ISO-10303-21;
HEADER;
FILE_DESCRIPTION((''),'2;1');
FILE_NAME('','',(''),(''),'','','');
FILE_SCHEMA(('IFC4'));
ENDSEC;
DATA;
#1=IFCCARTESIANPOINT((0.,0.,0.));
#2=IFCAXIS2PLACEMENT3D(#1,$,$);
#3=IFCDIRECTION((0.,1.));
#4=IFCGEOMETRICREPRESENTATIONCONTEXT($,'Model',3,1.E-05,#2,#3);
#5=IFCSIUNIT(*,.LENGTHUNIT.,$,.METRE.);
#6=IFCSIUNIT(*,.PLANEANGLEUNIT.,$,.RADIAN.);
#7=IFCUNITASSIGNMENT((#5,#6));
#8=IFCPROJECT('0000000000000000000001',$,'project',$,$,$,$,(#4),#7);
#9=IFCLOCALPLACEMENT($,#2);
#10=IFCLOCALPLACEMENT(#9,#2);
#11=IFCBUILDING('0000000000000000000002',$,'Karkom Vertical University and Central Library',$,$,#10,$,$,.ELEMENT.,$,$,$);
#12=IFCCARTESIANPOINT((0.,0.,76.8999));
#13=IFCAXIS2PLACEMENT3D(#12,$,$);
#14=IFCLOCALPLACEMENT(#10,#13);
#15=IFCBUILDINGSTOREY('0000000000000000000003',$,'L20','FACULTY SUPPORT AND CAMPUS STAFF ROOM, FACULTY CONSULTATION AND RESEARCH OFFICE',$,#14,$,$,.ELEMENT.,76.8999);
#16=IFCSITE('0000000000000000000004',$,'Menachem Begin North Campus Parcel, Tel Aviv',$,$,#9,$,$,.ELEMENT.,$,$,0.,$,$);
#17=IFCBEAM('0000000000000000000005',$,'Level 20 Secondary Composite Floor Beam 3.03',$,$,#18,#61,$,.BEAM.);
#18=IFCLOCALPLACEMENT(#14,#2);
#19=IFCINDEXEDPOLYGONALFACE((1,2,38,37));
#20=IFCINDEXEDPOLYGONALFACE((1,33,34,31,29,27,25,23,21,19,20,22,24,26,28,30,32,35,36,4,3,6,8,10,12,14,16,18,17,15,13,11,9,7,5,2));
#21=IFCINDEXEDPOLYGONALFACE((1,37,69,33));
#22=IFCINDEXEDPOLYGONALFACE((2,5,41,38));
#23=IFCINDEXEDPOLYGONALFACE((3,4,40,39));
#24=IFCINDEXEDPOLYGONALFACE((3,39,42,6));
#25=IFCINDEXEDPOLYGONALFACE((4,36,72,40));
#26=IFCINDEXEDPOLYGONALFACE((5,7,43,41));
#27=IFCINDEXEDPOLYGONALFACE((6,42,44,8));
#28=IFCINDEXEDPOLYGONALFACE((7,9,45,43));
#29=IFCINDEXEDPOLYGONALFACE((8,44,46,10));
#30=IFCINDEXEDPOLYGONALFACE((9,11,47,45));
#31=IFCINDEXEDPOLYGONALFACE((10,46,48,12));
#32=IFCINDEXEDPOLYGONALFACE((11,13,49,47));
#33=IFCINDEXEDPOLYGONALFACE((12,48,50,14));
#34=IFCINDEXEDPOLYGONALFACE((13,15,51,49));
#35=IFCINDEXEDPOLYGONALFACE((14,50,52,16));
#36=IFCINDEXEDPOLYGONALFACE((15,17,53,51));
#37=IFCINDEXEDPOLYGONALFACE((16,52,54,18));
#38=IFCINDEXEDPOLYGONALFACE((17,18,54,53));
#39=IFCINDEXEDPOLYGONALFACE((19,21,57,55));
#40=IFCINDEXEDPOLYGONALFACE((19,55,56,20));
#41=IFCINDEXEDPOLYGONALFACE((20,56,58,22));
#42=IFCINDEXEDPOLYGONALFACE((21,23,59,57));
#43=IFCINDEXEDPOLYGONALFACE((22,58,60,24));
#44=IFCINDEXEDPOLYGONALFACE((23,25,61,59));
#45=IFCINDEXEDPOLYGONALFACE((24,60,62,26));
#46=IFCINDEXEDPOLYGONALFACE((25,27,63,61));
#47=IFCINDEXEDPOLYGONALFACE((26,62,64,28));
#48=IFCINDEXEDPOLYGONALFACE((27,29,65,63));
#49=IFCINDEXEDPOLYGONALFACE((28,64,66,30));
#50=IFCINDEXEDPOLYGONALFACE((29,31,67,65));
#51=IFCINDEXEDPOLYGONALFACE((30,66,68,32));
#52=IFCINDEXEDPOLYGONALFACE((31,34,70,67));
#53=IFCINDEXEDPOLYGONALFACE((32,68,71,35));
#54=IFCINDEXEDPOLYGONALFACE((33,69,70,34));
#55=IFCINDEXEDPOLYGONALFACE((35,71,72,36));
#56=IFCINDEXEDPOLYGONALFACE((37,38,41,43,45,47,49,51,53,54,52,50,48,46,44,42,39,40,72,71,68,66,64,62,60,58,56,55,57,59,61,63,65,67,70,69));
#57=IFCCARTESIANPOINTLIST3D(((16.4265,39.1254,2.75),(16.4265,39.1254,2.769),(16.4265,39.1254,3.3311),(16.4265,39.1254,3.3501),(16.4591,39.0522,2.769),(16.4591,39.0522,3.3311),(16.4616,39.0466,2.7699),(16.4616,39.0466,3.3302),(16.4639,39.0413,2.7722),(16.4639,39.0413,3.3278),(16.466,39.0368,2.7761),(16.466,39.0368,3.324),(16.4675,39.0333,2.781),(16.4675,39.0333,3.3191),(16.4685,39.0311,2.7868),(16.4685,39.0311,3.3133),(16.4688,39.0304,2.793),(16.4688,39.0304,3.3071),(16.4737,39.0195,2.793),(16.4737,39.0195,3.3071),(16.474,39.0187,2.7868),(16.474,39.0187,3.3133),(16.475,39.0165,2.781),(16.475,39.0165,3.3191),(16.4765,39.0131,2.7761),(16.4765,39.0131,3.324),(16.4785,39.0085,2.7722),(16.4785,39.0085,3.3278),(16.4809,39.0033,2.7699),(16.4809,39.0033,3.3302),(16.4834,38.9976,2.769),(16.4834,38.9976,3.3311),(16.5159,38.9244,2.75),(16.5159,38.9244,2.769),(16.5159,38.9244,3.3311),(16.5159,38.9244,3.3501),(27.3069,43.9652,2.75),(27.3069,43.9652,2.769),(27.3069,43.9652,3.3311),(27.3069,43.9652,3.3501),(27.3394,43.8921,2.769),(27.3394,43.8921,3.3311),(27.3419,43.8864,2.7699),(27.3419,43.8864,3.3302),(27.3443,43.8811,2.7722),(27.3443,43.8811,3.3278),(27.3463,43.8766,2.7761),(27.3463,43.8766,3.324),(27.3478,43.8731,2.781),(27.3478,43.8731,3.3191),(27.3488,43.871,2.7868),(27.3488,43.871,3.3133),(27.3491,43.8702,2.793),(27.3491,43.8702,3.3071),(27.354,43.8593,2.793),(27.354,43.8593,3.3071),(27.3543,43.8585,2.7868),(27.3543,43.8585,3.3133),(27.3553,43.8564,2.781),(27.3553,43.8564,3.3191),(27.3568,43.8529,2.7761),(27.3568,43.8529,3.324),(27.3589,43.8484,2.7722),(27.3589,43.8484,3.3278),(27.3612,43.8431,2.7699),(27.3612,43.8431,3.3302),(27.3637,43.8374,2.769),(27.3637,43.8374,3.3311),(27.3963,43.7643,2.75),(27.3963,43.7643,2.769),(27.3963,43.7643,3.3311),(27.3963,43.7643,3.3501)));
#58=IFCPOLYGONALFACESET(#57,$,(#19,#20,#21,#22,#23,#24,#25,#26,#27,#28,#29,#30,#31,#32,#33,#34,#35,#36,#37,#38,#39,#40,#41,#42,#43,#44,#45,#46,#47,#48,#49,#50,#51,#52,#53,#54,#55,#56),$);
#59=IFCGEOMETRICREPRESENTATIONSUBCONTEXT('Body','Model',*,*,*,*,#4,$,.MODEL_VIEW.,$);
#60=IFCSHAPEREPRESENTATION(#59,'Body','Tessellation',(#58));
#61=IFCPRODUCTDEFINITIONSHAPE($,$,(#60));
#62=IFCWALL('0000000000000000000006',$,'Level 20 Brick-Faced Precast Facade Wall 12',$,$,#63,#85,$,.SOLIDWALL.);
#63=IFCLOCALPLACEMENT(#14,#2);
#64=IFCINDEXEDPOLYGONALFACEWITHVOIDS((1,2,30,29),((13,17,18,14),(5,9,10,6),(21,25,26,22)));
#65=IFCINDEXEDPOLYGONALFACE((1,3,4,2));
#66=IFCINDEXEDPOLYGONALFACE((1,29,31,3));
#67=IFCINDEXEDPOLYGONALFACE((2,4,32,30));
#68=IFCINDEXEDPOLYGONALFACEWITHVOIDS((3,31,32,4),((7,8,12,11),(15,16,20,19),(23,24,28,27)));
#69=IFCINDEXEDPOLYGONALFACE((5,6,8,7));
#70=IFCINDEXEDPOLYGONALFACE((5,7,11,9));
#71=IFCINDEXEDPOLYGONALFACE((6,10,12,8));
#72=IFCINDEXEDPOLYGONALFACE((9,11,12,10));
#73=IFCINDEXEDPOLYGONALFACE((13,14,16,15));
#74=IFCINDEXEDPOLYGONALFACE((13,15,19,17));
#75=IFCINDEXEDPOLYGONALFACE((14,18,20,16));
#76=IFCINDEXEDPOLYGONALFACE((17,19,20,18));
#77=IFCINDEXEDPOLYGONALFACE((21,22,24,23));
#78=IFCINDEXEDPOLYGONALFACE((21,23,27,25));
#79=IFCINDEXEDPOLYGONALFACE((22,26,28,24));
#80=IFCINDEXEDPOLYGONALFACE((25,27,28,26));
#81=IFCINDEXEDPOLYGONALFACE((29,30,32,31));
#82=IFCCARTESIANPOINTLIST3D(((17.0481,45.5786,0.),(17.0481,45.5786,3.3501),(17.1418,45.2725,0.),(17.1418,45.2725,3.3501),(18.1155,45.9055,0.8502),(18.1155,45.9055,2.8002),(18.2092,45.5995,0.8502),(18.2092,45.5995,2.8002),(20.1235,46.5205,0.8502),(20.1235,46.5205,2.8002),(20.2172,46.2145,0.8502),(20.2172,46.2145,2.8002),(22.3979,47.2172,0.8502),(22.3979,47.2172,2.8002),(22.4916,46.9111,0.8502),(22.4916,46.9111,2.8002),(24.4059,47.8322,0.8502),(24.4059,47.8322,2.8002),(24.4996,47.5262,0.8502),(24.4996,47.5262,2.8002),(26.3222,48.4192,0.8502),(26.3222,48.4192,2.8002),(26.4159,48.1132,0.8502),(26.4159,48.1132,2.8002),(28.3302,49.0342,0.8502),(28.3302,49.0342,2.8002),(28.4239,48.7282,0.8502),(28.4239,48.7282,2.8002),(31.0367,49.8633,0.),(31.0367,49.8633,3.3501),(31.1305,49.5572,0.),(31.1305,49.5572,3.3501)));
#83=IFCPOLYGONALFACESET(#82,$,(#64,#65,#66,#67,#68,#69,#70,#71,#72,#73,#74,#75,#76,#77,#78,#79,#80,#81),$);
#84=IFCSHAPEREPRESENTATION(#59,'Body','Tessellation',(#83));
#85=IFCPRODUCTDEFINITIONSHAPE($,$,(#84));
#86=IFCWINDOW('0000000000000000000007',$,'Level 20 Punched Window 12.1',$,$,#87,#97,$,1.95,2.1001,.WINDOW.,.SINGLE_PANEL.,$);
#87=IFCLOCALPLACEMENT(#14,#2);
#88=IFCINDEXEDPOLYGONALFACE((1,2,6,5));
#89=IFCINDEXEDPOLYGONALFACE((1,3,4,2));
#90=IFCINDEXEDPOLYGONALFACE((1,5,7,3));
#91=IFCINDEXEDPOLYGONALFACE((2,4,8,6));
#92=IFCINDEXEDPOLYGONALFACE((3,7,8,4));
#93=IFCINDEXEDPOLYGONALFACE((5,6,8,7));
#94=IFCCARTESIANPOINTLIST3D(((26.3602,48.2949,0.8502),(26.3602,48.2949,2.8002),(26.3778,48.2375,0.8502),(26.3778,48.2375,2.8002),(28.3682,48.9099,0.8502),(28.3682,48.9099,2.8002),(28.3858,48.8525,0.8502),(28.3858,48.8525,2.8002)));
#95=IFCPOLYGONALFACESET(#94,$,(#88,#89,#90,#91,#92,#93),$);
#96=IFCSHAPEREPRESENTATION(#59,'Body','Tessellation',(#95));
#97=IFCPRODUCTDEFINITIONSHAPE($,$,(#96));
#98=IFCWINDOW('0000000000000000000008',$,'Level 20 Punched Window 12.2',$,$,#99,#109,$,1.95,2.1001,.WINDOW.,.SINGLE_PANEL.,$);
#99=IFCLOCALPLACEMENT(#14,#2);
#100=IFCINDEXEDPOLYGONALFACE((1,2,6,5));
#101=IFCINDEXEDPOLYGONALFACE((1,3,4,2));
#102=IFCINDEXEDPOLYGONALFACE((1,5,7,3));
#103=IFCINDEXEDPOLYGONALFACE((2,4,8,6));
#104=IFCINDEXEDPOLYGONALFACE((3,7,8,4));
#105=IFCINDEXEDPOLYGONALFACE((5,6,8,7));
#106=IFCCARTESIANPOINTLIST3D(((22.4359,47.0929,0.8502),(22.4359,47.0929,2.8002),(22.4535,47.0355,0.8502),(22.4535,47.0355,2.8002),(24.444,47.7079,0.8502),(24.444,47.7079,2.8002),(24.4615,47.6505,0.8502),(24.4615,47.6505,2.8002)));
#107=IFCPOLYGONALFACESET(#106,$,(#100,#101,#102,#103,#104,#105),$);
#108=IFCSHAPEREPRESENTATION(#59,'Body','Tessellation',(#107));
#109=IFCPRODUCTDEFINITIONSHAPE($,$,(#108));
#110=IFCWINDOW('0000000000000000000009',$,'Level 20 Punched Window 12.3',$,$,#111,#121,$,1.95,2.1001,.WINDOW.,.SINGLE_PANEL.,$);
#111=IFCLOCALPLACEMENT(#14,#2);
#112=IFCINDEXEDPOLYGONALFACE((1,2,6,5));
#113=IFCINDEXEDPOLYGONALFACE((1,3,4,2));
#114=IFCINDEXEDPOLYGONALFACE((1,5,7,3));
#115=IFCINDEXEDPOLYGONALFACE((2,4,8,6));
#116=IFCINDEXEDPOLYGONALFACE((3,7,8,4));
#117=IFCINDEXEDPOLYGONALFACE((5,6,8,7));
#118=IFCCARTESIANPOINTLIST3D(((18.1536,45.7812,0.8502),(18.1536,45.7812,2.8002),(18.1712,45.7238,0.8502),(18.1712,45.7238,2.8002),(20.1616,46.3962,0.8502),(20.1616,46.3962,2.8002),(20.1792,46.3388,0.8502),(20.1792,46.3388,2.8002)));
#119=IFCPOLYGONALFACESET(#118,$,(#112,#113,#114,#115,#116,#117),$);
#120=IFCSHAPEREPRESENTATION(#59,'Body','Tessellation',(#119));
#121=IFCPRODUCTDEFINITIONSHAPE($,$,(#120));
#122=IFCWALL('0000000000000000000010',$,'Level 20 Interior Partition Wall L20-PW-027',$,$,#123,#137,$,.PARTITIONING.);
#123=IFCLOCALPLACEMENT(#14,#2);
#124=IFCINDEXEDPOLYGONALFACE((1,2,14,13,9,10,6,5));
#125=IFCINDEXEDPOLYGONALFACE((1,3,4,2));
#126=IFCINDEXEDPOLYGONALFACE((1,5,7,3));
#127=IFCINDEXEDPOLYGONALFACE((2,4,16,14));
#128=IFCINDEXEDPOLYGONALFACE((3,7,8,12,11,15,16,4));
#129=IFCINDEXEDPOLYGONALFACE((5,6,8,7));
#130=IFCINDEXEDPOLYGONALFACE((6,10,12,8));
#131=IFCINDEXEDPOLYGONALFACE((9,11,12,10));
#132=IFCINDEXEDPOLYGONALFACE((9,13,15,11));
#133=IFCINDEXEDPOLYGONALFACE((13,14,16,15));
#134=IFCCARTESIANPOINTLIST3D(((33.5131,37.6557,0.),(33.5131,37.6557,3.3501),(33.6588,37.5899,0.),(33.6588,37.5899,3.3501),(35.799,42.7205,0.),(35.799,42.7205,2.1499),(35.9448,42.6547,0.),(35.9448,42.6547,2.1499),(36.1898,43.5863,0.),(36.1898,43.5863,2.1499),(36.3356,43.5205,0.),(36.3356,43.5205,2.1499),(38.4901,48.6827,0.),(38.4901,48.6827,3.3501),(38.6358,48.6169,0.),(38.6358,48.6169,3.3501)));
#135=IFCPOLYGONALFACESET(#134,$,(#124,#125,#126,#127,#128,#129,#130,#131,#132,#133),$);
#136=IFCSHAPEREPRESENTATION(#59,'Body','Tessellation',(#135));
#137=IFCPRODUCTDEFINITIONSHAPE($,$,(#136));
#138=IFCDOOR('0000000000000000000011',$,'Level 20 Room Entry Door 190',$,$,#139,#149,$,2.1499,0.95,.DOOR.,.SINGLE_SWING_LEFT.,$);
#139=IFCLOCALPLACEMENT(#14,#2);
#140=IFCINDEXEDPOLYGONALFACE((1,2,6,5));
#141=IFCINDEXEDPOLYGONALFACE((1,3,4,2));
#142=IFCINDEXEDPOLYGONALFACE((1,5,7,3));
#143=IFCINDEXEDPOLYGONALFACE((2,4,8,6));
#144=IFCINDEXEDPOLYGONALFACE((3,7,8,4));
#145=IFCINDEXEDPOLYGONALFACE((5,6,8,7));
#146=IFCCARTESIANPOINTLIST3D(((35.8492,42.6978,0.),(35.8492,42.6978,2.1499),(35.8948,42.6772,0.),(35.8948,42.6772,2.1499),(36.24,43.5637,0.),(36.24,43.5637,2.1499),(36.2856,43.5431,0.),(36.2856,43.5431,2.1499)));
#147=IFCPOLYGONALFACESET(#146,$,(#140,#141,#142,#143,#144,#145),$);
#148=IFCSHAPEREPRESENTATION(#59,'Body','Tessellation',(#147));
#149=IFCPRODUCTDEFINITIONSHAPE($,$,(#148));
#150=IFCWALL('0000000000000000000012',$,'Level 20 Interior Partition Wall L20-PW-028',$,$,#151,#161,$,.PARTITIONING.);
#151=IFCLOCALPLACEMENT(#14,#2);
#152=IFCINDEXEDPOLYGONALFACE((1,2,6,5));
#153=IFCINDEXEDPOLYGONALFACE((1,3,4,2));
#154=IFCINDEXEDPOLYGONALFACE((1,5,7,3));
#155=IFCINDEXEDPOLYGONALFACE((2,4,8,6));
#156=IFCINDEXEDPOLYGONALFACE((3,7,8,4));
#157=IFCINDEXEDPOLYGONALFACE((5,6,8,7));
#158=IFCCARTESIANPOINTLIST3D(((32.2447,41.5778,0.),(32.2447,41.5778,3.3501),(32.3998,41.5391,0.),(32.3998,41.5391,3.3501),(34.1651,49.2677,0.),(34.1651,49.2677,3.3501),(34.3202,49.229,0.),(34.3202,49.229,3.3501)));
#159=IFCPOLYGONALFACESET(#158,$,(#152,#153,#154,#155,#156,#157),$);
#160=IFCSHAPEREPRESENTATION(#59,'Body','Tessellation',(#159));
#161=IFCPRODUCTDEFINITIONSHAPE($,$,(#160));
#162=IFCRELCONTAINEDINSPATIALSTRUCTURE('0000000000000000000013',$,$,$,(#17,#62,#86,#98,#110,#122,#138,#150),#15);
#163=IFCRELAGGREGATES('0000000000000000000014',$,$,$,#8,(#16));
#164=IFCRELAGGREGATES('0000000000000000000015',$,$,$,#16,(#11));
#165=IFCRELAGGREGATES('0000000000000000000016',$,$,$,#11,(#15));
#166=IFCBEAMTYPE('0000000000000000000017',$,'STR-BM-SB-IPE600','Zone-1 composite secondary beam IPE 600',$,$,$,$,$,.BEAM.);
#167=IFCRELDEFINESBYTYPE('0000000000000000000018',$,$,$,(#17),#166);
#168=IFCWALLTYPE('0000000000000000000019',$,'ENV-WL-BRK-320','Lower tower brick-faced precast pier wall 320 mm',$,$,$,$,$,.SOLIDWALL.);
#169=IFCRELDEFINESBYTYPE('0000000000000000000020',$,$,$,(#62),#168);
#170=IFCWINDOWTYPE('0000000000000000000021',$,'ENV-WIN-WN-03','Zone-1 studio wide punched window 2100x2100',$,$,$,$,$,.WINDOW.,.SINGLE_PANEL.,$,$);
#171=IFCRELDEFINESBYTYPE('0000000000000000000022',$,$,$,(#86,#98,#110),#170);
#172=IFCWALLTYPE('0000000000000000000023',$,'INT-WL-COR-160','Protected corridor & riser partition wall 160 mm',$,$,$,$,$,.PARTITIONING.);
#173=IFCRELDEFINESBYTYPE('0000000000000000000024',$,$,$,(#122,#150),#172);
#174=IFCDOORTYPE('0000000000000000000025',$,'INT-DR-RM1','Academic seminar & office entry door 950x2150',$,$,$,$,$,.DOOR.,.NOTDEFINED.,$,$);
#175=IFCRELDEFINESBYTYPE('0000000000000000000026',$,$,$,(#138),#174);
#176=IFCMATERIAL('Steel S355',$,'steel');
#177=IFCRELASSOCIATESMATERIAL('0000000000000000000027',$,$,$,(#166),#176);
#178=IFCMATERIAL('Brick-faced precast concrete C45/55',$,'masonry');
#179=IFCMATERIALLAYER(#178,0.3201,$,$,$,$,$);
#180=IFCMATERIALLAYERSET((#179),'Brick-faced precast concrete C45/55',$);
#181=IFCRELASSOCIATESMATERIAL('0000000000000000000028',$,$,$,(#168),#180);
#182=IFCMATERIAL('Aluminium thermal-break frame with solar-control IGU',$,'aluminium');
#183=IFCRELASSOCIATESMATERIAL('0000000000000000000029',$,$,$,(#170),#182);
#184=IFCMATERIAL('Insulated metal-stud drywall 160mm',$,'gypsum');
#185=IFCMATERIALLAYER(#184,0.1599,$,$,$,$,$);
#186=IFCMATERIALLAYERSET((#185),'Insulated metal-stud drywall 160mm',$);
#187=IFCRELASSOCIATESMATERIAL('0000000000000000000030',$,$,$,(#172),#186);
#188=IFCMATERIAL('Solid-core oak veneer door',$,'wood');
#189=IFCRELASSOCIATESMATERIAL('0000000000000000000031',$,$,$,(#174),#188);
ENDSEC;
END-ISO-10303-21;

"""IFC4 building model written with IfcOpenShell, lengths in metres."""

from ifc_helpers import new_model, si_unit, direction, frame, frame_2d, origin, origin_with_axes, origin_2d, place, context, subcontext, project, spatial, rectangle, i_section, extrude, source, transform, mapped, material, layer, layer_set, material_profile, profile_set, type_object, element, fill, save


model = new_model("IFC4")

# Units and contexts
model_context = context("Model", 3, precision=1e-05, world=origin(), true_north=direction((0.0, 1.0)))
body_context = subcontext(model_context, "Body", "Model", "MODEL_VIEW")
ifc_project = project(units=[si_unit("LENGTHUNIT", "METRE"), si_unit("PLANEANGLEUNIT", "RADIAN")], contexts=[model_context])

# Site, building, storey
site_placement = place(None, origin())
site = spatial("IfcSite", under=ifc_project, at=site_placement, Name="Menachem Begin North Campus Parcel, Tel Aviv", CompositionType="ELEMENT", RefElevation=0.0)
building_placement = place(site_placement, origin())
building = spatial("IfcBuilding", under=site, at=building_placement, Name="Karkom Vertical University and Central Library", CompositionType="ELEMENT")
storey_placement = place(building_placement, frame((0.0, 0.0, 76.8999)))
storey = spatial("IfcBuildingStorey", under=building, at=storey_placement, Name="L20", Description="FACULTY SUPPORT AND CAMPUS STAFF ROOM, FACULTY CONSULTATION AND RESEARCH OFFICE", CompositionType="ELEMENT", Elevation=76.8999)

# Beam
ifc_material_1 = material(Name="Steel S355", Category="steel")
ifc_material_profile_1 = material_profile(ifc_material_1, i_section(OverallWidth=0.22, OverallDepth=0.6001, WebThickness=0.012, FlangeThickness=0.019, FilletRadius=0.0239, at=origin_2d()), Name="IPE 600")
ifc_profile_set_1 = profile_set([ifc_material_profile_1], Name="Steel S355")
beam_type_1 = type_object("IfcBeamType", Name="STR-BM-SB-IPE600", Description="Zone-1 composite secondary beam IPE 600", PredefinedType="BEAM", material=ifc_profile_set_1)
shared_shape_1 = source(origin_with_axes(), body_context, "Body", "SweptSolid", [
    extrude(i_section(OverallWidth=0.22, OverallDepth=0.6001, WebThickness=0.012, FlangeThickness=0.019, FilletRadius=0.0239, at=origin_2d()), origin(), (0.0, 0.0, 1.0), 11.9082),
])
beam_1_placement = place(storey_placement, frame((27.3516, 43.8647, 3.05), z_axis=(-0.913683, -0.406428, 0.0), x_axis=(0.406428, -0.913683, 0.0)))
element("IfcBeam", 1, at=beam_1_placement, inside=storey, type_object=beam_type_1, Name="Level 20 Secondary Composite Floor Beam 3.03", PredefinedType="BEAM", context=body_context, shape_type="MappedRepresentation", body=[
    mapped(shared_shape_1, transform((0.0, 0.0, 0.0), scale=1.0)),
])

# Wall, openings, windows
ifc_material_2 = material(Name="Brick-faced precast concrete C45/55", Category="masonry")
ifc_layer_1 = layer(ifc_material_2, 0.3201)
ifc_layer_set_1 = layer_set([ifc_layer_1], Name="Brick-faced precast concrete C45/55")
wall_type_1 = type_object("IfcWallType", Name="ENV-WL-BRK-320", Description="Lower tower brick-faced precast pier wall 320 mm", PredefinedType="SOLIDWALL", material=ifc_layer_set_1)
wall_1_placement = place(storey_placement, frame((31.0835, 49.7102, 0.0), z_axis=(0.0, 0.0, 1.0), x_axis=(-0.956153, -0.292868, 0.0)))
wall_1 = element("IfcWall", 2, at=wall_1_placement, inside=storey, type_object=wall_type_1, Name="Level 20 Brick-Faced Precast Facade Wall 12", PredefinedType="SOLIDWALL", context=body_context, shape_type="SweptSolid", body=[
    extrude(rectangle(XDim=14.6301, YDim=0.3201, at=frame_2d((7.3149, 0.0))), origin(), (0.0, 0.0, 1.0), 3.3501),
])
opening_1_placement = place(wall_1_placement, frame((2.8306, 0.0, 0.8501)))
opening_1 = element("IfcOpeningElement", 3, at=opening_1_placement, cuts=wall_1, PredefinedType="OPENING", context=body_context, shape_type="SweptSolid", body=[
    extrude(rectangle(XDim=2.1001, YDim=1.95, at=frame_2d((1.05, 0.9751))), frame((0.0, 0.1699, 0.0), z_axis=(0.0, -1.0, 0.0), x_axis=(1.0, 0.0, 0.0)), (0.0, 0.0, 1.0), 0.3401),
])
opening_2_placement = place(wall_1_placement, frame((6.9348, 0.0, 0.8501)))
opening_2 = element("IfcOpeningElement", 4, at=opening_2_placement, cuts=wall_1, PredefinedType="OPENING", context=body_context, shape_type="SweptSolid", body=[
    extrude(rectangle(XDim=2.1001, YDim=1.95, at=frame_2d((1.05, 0.9751))), frame((0.0, 0.1699, 0.0), z_axis=(0.0, -1.0, 0.0), x_axis=(1.0, 0.0, 0.0)), (0.0, 0.0, 1.0), 0.3401),
])
opening_3_placement = place(wall_1_placement, frame((11.4136, 0.0, 0.8501)))
opening_3 = element("IfcOpeningElement", 5, at=opening_3_placement, cuts=wall_1, PredefinedType="OPENING", context=body_context, shape_type="SweptSolid", body=[
    extrude(rectangle(XDim=2.1001, YDim=1.95, at=frame_2d((1.05, 0.9751))), frame((0.0, 0.1699, 0.0), z_axis=(0.0, -1.0, 0.0), x_axis=(1.0, 0.0, 0.0)), (0.0, 0.0, 1.0), 0.3401),
])
ifc_material_3 = material(Name="Aluminium thermal-break frame with solar-control IGU", Category="aluminium")
window_type = type_object("IfcWindowType", Name="ENV-WIN-WN-03", Description="Zone-1 studio wide punched window 2100x2100", PartitioningType="SINGLE_PANEL", PredefinedType="WINDOW", material=ifc_material_3)
shared_shape_2 = source(origin_with_axes(), body_context, "Body", "SweptSolid", [
    extrude(rectangle(XDim=2.1001, YDim=1.95, at=frame_2d((1.05, 0.9751))), frame((0.0, 0.03, 0.0), z_axis=(0.0, -1.0, 0.0), x_axis=(1.0, 0.0, 0.0)), (0.0, 0.0, 1.0), 0.0601),
])
window_1_placement = place(opening_1_placement, origin())
window_1 = element("IfcWindow", 6, at=window_1_placement, inside=storey, type_object=window_type, Name="Level 20 Punched Window 12.1", OverallHeight=1.95, OverallWidth=2.1001, PartitioningType="SINGLE_PANEL", PredefinedType="WINDOW", context=body_context, shape_type="MappedRepresentation", body=[
    mapped(shared_shape_2, transform((0.0, 0.0, 0.0), scale=1.0)),
])
fill(opening_1, window_1)
window_2_placement = place(opening_2_placement, origin())
window_2 = element("IfcWindow", 7, at=window_2_placement, inside=storey, type_object=window_type, Name="Level 20 Punched Window 12.2", OverallHeight=1.95, OverallWidth=2.1001, PartitioningType="SINGLE_PANEL", PredefinedType="WINDOW", context=body_context, shape_type="MappedRepresentation", body=[
    mapped(shared_shape_2, transform((0.0, 0.0, 0.0), scale=1.0)),
])
fill(opening_2, window_2)
window_3_placement = place(opening_3_placement, origin())
window_3 = element("IfcWindow", 8, at=window_3_placement, inside=storey, type_object=window_type, Name="Level 20 Punched Window 12.3", OverallHeight=1.95, OverallWidth=2.1001, PartitioningType="SINGLE_PANEL", PredefinedType="WINDOW", context=body_context, shape_type="MappedRepresentation", body=[
    mapped(shared_shape_2, transform((0.0, 0.0, 0.0), scale=1.0)),
])
fill(opening_3, window_3)

# Wall, opening, door
ifc_material_4 = material(Name="Insulated metal-stud drywall 160mm", Category="gypsum")
ifc_layer_2 = layer(ifc_material_4, 0.1599)
ifc_layer_set_2 = layer_set([ifc_layer_2], Name="Insulated metal-stud drywall 160mm")
wall_type_2 = type_object("IfcWallType", Name="INT-WL-COR-160", Description="Protected corridor & riser partition wall 160 mm", PredefinedType="PARTITIONING", material=ifc_layer_set_2)
wall_2_placement = place(storey_placement, frame((33.5859, 37.6228, 0.0), z_axis=(0.0, 0.0, 1.0), x_axis=(0.411386, 0.911461, 0.0)))
wall_2 = element("IfcWall", 9, at=wall_2_placement, inside=storey, type_object=wall_type_2, Name="Level 20 Interior Partition Wall L20-PW-027", PredefinedType="PARTITIONING", context=body_context, shape_type="SweptSolid", body=[
    extrude(rectangle(XDim=12.0981, YDim=0.1599, at=frame_2d((6.0491, 0.0))), origin(), (0.0, 0.0, 1.0), 3.3501),
])
opening_4_placement = place(wall_2_placement, frame((5.5566, 0.0, 0.0)))
opening_4 = element("IfcOpeningElement", 10, at=opening_4_placement, cuts=wall_2, PredefinedType="OPENING", context=body_context, shape_type="SweptSolid", body=[
    extrude(rectangle(XDim=0.95, YDim=2.1499, at=frame_2d((0.4751, 1.075))), frame((0.0, 0.0898, 0.0), z_axis=(0.0, -1.0, 0.0), x_axis=(1.0, 0.0, 0.0)), (0.0, 0.0, 1.0), 0.1799),
])
ifc_material_5 = material(Name="Solid-core oak veneer door", Category="wood")
door_type_1 = type_object("IfcDoorType", Name="INT-DR-RM1", Description="Academic seminar & office entry door 950x2150", OperationType="NOTDEFINED", PredefinedType="DOOR", material=ifc_material_5)
shared_shape_3 = source(origin_with_axes(), body_context, "Body", "SweptSolid", [
    extrude(rectangle(XDim=0.95, YDim=2.1499, at=frame_2d((0.4751, 1.075))), frame((0.0, 0.0249, 0.0), z_axis=(0.0, -1.0, 0.0), x_axis=(1.0, 0.0, 0.0)), (0.0, 0.0, 1.0), 0.05),
])
door_1_placement = place(opening_4_placement, origin())
door_1 = element("IfcDoor", 11, at=door_1_placement, inside=storey, type_object=door_type_1, Name="Level 20 Room Entry Door 190", OperationType="SINGLE_SWING_LEFT", OverallHeight=2.1499, OverallWidth=0.95, PredefinedType="DOOR", context=body_context, shape_type="MappedRepresentation", body=[
    mapped(shared_shape_3, transform((0.0, 0.0, 0.0), scale=1.0)),
])
fill(opening_4, door_1)

# Wall
wall_3_placement = place(storey_placement, frame((32.3223, 41.5586, 0.0), z_axis=(0.0, 0.0, 1.0), x_axis=(0.242289, 0.970204, 0.0)))
element("IfcWall", 12, at=wall_3_placement, inside=storey, type_object=wall_type_2, Name="Level 20 Interior Partition Wall L20-PW-028", PredefinedType="PARTITIONING", context=body_context, shape_type="SweptSolid", body=[
    extrude(rectangle(XDim=7.926, YDim=0.1599, at=frame_2d((3.9629, 0.0))), origin(), (0.0, 0.0, 1.0), 3.3501),
])

save(model, "model.ifc")
